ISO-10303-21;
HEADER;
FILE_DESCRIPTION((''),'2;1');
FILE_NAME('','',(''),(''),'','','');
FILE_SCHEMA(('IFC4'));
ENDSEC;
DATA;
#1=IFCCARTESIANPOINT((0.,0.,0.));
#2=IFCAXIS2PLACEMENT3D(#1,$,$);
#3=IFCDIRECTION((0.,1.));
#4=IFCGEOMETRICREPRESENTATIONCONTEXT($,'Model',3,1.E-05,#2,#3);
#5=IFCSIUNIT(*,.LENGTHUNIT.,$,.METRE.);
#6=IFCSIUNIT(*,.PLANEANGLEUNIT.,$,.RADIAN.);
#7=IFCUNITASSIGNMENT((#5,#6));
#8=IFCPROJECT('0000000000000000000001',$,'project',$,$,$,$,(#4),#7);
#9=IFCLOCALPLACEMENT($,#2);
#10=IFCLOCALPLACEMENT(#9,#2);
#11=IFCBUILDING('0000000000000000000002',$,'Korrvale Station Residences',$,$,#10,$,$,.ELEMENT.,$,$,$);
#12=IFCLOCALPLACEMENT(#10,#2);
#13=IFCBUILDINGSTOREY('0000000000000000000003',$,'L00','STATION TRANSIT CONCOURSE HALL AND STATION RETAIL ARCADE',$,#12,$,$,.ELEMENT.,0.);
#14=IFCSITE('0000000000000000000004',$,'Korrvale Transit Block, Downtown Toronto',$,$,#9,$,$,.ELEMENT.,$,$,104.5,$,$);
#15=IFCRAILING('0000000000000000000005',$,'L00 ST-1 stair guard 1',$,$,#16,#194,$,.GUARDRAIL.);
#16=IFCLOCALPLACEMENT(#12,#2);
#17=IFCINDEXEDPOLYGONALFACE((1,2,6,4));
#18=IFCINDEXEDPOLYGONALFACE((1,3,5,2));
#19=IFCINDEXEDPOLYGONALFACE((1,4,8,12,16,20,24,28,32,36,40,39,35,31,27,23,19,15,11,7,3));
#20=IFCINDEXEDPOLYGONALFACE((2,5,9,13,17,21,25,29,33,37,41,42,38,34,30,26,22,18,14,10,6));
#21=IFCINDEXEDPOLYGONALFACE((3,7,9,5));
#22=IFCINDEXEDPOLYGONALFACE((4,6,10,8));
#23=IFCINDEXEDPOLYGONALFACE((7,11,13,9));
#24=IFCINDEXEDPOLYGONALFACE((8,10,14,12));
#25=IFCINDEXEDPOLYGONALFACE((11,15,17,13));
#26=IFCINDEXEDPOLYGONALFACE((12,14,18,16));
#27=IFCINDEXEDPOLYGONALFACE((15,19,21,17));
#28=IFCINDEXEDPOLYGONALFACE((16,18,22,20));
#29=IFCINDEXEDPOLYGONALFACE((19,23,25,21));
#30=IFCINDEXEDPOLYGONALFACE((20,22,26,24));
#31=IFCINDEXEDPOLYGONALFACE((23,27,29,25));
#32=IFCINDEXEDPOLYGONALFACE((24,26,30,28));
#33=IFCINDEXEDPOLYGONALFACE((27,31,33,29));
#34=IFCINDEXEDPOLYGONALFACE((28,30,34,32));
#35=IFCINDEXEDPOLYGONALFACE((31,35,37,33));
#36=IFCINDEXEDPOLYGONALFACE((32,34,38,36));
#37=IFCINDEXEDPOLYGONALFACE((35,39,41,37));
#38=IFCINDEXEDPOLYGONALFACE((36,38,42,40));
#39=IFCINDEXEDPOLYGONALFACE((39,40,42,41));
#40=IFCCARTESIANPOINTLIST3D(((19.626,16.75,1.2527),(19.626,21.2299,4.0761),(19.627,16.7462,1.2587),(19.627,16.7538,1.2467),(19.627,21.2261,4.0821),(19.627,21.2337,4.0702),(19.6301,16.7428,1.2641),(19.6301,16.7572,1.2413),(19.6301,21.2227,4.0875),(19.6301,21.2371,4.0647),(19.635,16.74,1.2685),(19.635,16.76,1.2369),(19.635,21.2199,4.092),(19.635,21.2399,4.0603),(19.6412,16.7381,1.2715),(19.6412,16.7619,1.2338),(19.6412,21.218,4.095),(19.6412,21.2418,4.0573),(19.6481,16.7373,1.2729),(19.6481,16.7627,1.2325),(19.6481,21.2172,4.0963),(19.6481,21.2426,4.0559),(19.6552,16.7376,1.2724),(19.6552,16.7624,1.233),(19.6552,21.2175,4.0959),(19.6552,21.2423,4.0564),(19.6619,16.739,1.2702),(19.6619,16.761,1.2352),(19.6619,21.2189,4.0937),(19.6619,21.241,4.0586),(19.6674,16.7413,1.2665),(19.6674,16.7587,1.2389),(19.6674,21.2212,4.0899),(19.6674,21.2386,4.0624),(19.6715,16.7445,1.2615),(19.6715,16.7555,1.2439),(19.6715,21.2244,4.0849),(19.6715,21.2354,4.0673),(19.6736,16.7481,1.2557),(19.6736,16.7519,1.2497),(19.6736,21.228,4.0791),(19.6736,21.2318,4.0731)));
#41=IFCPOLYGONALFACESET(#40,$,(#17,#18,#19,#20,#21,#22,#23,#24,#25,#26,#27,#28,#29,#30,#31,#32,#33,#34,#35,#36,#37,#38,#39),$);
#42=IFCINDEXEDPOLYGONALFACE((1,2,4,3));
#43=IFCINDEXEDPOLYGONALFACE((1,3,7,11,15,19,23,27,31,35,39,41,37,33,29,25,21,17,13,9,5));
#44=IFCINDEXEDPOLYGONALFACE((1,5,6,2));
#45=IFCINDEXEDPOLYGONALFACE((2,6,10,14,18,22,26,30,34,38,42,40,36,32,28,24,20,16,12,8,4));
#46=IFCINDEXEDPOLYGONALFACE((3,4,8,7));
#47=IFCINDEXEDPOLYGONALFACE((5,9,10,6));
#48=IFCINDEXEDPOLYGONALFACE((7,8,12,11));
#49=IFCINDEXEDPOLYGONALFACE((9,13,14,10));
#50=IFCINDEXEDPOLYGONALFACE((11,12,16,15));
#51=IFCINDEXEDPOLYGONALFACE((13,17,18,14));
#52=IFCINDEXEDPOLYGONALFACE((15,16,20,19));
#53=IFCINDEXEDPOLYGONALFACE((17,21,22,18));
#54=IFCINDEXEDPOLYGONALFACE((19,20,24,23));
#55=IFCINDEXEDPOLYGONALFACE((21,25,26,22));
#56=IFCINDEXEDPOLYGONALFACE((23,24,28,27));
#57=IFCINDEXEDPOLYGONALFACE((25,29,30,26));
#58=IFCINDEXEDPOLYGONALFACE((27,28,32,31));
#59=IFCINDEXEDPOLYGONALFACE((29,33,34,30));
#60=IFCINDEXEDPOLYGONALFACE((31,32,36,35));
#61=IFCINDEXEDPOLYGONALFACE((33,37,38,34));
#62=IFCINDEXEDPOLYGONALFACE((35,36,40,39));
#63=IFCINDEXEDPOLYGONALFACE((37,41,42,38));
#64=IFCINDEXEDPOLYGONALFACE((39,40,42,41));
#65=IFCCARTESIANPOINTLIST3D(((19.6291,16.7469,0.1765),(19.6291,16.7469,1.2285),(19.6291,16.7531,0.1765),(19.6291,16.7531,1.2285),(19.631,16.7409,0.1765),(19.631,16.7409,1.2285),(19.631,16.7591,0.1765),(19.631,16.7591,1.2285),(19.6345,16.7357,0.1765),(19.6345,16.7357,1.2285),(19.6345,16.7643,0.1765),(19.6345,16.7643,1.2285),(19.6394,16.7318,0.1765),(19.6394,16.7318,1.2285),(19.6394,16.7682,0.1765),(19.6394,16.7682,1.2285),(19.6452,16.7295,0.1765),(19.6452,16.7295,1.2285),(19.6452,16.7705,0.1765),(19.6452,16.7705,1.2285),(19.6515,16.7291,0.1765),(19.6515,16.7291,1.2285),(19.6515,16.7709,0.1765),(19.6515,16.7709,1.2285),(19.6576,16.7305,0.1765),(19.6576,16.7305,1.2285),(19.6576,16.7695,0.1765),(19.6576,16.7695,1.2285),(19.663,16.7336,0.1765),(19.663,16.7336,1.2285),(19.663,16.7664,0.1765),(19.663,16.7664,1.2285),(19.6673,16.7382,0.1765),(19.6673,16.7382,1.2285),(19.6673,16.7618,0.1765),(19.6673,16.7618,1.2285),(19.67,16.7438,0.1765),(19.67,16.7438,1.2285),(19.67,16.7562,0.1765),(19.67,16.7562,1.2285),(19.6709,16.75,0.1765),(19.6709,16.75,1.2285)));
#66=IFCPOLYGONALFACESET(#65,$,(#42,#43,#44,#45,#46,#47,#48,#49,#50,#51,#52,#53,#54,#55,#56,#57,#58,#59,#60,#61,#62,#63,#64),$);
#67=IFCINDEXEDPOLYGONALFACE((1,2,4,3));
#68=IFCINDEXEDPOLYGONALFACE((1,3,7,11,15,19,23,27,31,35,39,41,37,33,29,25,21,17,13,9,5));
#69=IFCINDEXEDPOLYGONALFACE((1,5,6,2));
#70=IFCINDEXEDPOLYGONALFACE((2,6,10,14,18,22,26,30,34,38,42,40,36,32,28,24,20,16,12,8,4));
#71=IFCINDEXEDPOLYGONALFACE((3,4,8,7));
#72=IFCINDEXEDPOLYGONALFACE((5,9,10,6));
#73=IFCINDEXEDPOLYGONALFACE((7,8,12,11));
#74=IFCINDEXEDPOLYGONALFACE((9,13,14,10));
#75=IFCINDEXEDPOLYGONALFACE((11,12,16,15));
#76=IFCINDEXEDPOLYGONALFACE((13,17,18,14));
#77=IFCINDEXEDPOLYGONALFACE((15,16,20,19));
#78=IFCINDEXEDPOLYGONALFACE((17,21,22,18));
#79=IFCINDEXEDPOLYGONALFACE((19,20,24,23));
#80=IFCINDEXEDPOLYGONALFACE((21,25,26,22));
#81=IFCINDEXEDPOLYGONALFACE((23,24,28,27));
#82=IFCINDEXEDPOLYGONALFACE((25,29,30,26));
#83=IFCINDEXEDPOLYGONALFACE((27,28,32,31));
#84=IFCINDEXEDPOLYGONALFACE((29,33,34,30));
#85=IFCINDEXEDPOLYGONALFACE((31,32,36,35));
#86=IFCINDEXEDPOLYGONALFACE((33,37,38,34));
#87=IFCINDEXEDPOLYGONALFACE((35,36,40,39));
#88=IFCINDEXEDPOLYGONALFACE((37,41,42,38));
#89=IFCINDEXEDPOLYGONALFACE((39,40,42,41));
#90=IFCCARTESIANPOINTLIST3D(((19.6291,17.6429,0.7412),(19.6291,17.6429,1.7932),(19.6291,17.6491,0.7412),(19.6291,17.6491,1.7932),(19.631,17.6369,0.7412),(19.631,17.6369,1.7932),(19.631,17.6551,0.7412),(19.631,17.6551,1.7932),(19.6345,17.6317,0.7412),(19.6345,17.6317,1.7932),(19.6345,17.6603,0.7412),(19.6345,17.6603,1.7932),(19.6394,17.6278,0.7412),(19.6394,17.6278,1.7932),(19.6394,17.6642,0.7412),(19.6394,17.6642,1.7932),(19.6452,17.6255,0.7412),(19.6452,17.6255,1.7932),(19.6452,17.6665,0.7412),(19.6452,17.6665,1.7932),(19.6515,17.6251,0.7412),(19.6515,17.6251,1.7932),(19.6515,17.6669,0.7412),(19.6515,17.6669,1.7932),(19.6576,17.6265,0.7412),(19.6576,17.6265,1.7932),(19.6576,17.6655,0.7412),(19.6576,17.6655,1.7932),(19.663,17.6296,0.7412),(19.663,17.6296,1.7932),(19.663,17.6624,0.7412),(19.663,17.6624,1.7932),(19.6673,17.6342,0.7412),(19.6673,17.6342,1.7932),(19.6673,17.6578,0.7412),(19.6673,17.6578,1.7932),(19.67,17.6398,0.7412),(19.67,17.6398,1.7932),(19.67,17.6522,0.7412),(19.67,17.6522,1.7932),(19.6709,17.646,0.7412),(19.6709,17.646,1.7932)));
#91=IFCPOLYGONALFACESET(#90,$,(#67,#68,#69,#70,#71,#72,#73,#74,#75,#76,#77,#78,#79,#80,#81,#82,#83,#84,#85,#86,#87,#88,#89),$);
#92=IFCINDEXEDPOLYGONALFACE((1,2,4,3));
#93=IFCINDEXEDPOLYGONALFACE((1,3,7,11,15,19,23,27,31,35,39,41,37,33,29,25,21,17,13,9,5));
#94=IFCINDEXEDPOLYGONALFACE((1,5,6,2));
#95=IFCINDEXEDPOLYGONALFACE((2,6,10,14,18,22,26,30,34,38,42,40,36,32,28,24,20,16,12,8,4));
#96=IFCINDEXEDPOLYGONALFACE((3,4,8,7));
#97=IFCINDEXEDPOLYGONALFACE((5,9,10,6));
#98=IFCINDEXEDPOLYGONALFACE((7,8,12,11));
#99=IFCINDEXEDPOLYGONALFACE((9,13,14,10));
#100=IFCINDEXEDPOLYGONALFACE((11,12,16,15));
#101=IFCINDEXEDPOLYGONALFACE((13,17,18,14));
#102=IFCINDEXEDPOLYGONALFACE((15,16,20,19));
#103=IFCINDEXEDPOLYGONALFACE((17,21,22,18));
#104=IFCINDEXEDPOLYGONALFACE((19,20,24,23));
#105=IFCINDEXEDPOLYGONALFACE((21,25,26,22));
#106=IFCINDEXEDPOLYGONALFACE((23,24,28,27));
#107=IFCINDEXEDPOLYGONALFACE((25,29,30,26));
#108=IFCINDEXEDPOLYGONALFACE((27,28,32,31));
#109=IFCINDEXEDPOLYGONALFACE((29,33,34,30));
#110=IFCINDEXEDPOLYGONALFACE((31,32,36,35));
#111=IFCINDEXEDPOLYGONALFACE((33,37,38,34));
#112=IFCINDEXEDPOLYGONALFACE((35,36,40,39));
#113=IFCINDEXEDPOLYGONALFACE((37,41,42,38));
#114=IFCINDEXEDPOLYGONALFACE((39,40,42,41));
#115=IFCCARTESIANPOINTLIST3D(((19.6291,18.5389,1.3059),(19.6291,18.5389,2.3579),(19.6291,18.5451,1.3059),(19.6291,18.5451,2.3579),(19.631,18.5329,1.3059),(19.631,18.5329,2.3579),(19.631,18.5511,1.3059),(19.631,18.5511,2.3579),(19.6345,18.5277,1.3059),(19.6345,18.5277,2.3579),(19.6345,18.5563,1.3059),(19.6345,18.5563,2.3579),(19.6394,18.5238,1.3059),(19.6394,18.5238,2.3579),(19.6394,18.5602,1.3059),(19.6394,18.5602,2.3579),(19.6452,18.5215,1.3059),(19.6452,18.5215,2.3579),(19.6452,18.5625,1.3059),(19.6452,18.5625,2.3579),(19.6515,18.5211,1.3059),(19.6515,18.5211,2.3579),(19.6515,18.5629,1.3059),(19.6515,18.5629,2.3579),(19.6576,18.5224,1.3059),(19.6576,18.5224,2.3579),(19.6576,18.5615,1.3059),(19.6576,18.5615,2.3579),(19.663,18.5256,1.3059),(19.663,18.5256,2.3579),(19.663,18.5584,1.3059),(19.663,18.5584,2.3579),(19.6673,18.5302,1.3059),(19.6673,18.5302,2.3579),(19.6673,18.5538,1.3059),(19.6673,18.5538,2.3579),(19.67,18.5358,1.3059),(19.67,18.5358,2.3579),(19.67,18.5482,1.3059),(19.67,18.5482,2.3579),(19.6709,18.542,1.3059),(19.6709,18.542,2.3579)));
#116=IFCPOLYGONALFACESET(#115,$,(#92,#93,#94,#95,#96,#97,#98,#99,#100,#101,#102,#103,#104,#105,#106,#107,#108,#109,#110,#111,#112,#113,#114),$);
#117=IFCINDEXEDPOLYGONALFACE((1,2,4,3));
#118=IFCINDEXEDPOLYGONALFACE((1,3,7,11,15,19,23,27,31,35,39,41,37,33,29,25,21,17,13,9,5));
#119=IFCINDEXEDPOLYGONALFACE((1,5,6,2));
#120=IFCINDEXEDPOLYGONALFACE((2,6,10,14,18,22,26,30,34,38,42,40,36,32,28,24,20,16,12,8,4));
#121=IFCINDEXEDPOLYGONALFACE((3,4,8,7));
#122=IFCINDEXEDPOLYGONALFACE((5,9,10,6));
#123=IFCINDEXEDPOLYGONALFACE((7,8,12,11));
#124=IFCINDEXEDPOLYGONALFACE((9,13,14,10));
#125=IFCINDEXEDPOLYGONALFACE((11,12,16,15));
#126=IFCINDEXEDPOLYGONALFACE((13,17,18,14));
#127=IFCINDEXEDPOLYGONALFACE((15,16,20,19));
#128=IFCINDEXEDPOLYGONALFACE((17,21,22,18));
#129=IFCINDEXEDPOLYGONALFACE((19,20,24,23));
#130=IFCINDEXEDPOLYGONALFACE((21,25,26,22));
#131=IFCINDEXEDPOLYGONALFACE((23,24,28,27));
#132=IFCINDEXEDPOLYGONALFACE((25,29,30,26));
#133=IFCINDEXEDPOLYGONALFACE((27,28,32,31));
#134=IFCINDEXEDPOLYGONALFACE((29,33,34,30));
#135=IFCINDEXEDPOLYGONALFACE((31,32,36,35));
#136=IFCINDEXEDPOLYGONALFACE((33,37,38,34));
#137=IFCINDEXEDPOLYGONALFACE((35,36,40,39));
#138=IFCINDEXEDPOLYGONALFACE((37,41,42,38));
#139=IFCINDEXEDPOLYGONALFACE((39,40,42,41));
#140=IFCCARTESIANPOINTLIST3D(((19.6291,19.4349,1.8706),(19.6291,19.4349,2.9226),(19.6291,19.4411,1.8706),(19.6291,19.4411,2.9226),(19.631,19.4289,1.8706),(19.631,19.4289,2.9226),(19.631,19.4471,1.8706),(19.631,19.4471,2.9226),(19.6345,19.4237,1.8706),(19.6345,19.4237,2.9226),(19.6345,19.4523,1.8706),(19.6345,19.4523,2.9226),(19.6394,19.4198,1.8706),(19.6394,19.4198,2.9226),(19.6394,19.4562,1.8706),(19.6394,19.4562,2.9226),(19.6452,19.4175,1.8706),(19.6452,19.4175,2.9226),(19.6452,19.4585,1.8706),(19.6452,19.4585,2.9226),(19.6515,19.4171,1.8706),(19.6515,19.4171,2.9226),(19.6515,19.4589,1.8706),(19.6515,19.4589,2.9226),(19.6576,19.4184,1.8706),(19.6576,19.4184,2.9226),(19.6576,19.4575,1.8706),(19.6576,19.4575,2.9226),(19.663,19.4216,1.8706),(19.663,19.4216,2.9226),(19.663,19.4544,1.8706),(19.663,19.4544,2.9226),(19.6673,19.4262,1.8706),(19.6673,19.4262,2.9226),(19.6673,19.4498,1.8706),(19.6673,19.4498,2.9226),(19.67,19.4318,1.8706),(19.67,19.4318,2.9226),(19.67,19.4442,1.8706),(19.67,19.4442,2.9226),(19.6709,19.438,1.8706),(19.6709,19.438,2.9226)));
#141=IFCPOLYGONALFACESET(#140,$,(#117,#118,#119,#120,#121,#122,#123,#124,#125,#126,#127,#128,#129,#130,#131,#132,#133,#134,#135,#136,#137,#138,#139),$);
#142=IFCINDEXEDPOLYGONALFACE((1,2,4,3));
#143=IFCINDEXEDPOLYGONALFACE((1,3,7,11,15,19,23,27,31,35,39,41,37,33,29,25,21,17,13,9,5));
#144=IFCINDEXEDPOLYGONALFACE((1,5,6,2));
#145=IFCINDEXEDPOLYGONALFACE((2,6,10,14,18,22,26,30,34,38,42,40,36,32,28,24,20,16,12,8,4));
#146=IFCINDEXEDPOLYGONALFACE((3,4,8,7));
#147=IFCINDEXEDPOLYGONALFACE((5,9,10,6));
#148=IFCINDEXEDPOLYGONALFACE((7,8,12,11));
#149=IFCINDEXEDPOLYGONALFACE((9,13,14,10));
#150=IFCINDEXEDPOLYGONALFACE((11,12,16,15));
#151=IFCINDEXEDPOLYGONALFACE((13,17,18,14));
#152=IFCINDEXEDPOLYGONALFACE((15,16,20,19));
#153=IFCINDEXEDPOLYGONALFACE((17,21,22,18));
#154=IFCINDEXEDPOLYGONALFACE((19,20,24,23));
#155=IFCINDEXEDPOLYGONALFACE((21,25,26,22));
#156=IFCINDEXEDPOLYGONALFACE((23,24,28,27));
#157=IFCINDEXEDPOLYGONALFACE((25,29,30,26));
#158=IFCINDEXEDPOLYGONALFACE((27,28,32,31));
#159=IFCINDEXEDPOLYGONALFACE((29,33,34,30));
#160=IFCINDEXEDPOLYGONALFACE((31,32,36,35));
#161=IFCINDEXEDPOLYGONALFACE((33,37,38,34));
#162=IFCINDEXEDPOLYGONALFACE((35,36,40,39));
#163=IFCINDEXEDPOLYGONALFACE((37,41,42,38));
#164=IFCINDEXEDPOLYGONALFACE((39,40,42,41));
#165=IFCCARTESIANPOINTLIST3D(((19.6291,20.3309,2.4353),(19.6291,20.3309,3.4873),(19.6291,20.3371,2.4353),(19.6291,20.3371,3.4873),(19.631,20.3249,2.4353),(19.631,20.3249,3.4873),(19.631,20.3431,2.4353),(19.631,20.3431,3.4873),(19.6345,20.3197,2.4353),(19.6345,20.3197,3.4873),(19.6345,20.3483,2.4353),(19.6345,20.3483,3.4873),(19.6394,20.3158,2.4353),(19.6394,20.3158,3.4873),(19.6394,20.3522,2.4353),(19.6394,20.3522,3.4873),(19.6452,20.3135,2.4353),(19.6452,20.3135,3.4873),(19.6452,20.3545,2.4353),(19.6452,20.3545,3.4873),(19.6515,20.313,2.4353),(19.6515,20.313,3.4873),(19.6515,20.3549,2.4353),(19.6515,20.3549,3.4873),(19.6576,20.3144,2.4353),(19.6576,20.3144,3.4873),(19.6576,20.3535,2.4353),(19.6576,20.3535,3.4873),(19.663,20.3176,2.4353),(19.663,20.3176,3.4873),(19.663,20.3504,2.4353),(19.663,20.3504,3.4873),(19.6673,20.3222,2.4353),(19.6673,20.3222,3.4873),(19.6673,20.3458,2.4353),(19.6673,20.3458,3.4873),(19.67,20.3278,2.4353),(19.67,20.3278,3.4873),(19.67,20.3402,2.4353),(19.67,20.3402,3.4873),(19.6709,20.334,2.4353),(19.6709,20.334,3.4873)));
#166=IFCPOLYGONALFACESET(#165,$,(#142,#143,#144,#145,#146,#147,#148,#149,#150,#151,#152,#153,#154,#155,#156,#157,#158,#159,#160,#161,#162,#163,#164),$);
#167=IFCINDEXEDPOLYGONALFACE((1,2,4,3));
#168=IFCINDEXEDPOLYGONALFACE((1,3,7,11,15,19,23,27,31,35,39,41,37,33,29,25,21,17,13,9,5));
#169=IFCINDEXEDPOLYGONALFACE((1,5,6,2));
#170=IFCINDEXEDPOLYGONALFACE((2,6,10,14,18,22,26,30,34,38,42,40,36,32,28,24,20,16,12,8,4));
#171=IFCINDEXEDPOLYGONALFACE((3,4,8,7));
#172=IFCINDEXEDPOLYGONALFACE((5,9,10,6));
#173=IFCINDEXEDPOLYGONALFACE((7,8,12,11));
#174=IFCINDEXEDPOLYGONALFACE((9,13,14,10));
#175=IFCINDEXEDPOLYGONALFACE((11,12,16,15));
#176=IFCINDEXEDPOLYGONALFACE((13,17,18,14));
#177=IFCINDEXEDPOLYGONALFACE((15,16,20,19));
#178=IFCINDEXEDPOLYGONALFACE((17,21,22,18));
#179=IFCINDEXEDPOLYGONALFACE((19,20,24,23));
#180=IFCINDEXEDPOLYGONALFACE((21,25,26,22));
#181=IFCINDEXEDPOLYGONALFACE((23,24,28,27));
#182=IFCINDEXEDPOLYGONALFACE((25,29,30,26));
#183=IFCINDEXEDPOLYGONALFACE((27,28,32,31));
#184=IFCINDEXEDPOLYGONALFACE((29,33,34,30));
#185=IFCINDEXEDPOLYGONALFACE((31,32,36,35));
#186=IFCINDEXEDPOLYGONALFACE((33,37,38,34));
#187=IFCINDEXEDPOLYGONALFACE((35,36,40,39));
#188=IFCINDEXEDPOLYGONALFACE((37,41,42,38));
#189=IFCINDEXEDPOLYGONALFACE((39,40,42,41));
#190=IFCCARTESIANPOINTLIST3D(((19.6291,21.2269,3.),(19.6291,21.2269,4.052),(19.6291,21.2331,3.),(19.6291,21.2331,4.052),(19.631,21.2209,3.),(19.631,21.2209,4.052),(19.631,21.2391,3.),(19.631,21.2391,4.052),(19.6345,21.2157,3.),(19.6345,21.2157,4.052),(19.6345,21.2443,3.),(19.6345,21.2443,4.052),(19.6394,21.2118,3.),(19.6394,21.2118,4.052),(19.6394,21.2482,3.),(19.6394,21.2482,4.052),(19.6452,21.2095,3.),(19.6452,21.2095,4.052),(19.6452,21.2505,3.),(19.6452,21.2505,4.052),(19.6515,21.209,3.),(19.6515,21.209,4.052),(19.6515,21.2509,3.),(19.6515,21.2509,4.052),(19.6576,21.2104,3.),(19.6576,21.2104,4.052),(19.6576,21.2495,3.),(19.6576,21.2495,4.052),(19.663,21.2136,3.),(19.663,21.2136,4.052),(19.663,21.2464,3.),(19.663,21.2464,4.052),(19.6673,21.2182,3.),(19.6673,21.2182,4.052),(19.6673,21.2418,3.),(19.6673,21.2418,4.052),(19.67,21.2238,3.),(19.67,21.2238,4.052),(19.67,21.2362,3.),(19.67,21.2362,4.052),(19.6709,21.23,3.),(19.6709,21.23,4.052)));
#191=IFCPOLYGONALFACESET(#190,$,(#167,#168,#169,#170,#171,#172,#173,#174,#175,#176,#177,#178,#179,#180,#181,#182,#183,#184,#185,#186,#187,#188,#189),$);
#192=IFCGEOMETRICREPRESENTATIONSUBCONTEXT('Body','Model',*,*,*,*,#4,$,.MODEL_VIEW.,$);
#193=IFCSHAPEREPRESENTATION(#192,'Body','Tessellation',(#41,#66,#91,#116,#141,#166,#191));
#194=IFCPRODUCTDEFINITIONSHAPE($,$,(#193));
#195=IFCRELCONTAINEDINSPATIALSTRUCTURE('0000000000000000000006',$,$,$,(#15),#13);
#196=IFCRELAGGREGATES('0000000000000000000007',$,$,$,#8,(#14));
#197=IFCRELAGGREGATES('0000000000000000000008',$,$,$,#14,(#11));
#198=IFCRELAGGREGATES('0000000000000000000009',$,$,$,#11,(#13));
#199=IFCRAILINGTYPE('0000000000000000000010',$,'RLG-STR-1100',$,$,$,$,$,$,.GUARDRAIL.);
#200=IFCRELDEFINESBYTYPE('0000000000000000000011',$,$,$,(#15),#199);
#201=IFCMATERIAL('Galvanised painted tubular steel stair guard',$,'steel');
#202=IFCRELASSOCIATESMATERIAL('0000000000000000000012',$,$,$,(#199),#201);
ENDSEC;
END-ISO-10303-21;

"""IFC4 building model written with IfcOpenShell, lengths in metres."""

from ifc_helpers import new_model, si_unit, direction, frame, origin, origin_2d, place, context, subcontext, project, spatial, circle, extrude, material, type_object, element, save


model = new_model("IFC4")

# Units and contexts
model_context = context("Model", 3, precision=1e-05, world=origin(), true_north=direction((0.0, 1.0)))
body_context = subcontext(model_context, "Body", "Model", "MODEL_VIEW")
ifc_project = project(units=[si_unit("LENGTHUNIT", "METRE"), si_unit("PLANEANGLEUNIT", "RADIAN")], contexts=[model_context])

# Site, building, storey
site_placement = place(None, origin())
site = spatial("IfcSite", under=ifc_project, at=site_placement, Name="Korrvale Transit Block, Downtown Toronto", CompositionType="ELEMENT", RefElevation=104.5)
building_placement = place(site_placement, origin())
building = spatial("IfcBuilding", under=site, at=building_placement, Name="Korrvale Station Residences", CompositionType="ELEMENT")
storey_placement = place(building_placement, origin())
storey = spatial("IfcBuildingStorey", under=building, at=storey_placement, Name="L00", Description="STATION TRANSIT CONCOURSE HALL AND STATION RETAIL ARCADE", CompositionType="ELEMENT", Elevation=0.0)

# Railing
ifc_material_1 = material(Name="Galvanised painted tubular steel stair guard", Category="steel")
railing_type_1 = type_object("IfcRailingType", Name="RLG-STR-1100", PredefinedType="GUARDRAIL", material=ifc_material_1)
railing_1_placement = place(storey_placement, frame((19.6499, 16.75, 0.1765)))
element("IfcRailing", 1, at=railing_1_placement, inside=storey, type_object=railing_type_1, Name="L00 ST-1 stair guard 1", PredefinedType="GUARDRAIL", context=body_context, shape_type="SweptSolid", body=[
    extrude(circle(Radius=0.0239, at=origin_2d()), frame((0.0, 0.0, 1.0762), z_axis=(0.0, 0.845998, 0.533186), x_axis=(-1.0, 0.0, 0.0)), (0.0, 0.0, 1.0), 5.2954),
    extrude(circle(Radius=0.021, at=origin_2d()), origin(), (0.0, 0.0, 1.0), 1.052),
    extrude(circle(Radius=0.021, at=origin_2d()), frame((0.0, 0.896, 0.5647)), (0.0, 0.0, 1.0), 1.052),
    extrude(circle(Radius=0.021, at=origin_2d()), frame((0.0, 1.792, 1.1294)), (0.0, 0.0, 1.0), 1.052),
    extrude(circle(Radius=0.021, at=origin_2d()), frame((0.0, 2.688, 1.6941)), (0.0, 0.0, 1.0), 1.052),
    extrude(circle(Radius=0.021, at=origin_2d()), frame((0.0, 3.584, 2.2588)), (0.0, 0.0, 1.0), 1.052),
    extrude(circle(Radius=0.021, at=origin_2d()), frame((0.0, 4.48, 2.8235)), (0.0, 0.0, 1.0), 1.052),
])

save(model, "model.ifc")
